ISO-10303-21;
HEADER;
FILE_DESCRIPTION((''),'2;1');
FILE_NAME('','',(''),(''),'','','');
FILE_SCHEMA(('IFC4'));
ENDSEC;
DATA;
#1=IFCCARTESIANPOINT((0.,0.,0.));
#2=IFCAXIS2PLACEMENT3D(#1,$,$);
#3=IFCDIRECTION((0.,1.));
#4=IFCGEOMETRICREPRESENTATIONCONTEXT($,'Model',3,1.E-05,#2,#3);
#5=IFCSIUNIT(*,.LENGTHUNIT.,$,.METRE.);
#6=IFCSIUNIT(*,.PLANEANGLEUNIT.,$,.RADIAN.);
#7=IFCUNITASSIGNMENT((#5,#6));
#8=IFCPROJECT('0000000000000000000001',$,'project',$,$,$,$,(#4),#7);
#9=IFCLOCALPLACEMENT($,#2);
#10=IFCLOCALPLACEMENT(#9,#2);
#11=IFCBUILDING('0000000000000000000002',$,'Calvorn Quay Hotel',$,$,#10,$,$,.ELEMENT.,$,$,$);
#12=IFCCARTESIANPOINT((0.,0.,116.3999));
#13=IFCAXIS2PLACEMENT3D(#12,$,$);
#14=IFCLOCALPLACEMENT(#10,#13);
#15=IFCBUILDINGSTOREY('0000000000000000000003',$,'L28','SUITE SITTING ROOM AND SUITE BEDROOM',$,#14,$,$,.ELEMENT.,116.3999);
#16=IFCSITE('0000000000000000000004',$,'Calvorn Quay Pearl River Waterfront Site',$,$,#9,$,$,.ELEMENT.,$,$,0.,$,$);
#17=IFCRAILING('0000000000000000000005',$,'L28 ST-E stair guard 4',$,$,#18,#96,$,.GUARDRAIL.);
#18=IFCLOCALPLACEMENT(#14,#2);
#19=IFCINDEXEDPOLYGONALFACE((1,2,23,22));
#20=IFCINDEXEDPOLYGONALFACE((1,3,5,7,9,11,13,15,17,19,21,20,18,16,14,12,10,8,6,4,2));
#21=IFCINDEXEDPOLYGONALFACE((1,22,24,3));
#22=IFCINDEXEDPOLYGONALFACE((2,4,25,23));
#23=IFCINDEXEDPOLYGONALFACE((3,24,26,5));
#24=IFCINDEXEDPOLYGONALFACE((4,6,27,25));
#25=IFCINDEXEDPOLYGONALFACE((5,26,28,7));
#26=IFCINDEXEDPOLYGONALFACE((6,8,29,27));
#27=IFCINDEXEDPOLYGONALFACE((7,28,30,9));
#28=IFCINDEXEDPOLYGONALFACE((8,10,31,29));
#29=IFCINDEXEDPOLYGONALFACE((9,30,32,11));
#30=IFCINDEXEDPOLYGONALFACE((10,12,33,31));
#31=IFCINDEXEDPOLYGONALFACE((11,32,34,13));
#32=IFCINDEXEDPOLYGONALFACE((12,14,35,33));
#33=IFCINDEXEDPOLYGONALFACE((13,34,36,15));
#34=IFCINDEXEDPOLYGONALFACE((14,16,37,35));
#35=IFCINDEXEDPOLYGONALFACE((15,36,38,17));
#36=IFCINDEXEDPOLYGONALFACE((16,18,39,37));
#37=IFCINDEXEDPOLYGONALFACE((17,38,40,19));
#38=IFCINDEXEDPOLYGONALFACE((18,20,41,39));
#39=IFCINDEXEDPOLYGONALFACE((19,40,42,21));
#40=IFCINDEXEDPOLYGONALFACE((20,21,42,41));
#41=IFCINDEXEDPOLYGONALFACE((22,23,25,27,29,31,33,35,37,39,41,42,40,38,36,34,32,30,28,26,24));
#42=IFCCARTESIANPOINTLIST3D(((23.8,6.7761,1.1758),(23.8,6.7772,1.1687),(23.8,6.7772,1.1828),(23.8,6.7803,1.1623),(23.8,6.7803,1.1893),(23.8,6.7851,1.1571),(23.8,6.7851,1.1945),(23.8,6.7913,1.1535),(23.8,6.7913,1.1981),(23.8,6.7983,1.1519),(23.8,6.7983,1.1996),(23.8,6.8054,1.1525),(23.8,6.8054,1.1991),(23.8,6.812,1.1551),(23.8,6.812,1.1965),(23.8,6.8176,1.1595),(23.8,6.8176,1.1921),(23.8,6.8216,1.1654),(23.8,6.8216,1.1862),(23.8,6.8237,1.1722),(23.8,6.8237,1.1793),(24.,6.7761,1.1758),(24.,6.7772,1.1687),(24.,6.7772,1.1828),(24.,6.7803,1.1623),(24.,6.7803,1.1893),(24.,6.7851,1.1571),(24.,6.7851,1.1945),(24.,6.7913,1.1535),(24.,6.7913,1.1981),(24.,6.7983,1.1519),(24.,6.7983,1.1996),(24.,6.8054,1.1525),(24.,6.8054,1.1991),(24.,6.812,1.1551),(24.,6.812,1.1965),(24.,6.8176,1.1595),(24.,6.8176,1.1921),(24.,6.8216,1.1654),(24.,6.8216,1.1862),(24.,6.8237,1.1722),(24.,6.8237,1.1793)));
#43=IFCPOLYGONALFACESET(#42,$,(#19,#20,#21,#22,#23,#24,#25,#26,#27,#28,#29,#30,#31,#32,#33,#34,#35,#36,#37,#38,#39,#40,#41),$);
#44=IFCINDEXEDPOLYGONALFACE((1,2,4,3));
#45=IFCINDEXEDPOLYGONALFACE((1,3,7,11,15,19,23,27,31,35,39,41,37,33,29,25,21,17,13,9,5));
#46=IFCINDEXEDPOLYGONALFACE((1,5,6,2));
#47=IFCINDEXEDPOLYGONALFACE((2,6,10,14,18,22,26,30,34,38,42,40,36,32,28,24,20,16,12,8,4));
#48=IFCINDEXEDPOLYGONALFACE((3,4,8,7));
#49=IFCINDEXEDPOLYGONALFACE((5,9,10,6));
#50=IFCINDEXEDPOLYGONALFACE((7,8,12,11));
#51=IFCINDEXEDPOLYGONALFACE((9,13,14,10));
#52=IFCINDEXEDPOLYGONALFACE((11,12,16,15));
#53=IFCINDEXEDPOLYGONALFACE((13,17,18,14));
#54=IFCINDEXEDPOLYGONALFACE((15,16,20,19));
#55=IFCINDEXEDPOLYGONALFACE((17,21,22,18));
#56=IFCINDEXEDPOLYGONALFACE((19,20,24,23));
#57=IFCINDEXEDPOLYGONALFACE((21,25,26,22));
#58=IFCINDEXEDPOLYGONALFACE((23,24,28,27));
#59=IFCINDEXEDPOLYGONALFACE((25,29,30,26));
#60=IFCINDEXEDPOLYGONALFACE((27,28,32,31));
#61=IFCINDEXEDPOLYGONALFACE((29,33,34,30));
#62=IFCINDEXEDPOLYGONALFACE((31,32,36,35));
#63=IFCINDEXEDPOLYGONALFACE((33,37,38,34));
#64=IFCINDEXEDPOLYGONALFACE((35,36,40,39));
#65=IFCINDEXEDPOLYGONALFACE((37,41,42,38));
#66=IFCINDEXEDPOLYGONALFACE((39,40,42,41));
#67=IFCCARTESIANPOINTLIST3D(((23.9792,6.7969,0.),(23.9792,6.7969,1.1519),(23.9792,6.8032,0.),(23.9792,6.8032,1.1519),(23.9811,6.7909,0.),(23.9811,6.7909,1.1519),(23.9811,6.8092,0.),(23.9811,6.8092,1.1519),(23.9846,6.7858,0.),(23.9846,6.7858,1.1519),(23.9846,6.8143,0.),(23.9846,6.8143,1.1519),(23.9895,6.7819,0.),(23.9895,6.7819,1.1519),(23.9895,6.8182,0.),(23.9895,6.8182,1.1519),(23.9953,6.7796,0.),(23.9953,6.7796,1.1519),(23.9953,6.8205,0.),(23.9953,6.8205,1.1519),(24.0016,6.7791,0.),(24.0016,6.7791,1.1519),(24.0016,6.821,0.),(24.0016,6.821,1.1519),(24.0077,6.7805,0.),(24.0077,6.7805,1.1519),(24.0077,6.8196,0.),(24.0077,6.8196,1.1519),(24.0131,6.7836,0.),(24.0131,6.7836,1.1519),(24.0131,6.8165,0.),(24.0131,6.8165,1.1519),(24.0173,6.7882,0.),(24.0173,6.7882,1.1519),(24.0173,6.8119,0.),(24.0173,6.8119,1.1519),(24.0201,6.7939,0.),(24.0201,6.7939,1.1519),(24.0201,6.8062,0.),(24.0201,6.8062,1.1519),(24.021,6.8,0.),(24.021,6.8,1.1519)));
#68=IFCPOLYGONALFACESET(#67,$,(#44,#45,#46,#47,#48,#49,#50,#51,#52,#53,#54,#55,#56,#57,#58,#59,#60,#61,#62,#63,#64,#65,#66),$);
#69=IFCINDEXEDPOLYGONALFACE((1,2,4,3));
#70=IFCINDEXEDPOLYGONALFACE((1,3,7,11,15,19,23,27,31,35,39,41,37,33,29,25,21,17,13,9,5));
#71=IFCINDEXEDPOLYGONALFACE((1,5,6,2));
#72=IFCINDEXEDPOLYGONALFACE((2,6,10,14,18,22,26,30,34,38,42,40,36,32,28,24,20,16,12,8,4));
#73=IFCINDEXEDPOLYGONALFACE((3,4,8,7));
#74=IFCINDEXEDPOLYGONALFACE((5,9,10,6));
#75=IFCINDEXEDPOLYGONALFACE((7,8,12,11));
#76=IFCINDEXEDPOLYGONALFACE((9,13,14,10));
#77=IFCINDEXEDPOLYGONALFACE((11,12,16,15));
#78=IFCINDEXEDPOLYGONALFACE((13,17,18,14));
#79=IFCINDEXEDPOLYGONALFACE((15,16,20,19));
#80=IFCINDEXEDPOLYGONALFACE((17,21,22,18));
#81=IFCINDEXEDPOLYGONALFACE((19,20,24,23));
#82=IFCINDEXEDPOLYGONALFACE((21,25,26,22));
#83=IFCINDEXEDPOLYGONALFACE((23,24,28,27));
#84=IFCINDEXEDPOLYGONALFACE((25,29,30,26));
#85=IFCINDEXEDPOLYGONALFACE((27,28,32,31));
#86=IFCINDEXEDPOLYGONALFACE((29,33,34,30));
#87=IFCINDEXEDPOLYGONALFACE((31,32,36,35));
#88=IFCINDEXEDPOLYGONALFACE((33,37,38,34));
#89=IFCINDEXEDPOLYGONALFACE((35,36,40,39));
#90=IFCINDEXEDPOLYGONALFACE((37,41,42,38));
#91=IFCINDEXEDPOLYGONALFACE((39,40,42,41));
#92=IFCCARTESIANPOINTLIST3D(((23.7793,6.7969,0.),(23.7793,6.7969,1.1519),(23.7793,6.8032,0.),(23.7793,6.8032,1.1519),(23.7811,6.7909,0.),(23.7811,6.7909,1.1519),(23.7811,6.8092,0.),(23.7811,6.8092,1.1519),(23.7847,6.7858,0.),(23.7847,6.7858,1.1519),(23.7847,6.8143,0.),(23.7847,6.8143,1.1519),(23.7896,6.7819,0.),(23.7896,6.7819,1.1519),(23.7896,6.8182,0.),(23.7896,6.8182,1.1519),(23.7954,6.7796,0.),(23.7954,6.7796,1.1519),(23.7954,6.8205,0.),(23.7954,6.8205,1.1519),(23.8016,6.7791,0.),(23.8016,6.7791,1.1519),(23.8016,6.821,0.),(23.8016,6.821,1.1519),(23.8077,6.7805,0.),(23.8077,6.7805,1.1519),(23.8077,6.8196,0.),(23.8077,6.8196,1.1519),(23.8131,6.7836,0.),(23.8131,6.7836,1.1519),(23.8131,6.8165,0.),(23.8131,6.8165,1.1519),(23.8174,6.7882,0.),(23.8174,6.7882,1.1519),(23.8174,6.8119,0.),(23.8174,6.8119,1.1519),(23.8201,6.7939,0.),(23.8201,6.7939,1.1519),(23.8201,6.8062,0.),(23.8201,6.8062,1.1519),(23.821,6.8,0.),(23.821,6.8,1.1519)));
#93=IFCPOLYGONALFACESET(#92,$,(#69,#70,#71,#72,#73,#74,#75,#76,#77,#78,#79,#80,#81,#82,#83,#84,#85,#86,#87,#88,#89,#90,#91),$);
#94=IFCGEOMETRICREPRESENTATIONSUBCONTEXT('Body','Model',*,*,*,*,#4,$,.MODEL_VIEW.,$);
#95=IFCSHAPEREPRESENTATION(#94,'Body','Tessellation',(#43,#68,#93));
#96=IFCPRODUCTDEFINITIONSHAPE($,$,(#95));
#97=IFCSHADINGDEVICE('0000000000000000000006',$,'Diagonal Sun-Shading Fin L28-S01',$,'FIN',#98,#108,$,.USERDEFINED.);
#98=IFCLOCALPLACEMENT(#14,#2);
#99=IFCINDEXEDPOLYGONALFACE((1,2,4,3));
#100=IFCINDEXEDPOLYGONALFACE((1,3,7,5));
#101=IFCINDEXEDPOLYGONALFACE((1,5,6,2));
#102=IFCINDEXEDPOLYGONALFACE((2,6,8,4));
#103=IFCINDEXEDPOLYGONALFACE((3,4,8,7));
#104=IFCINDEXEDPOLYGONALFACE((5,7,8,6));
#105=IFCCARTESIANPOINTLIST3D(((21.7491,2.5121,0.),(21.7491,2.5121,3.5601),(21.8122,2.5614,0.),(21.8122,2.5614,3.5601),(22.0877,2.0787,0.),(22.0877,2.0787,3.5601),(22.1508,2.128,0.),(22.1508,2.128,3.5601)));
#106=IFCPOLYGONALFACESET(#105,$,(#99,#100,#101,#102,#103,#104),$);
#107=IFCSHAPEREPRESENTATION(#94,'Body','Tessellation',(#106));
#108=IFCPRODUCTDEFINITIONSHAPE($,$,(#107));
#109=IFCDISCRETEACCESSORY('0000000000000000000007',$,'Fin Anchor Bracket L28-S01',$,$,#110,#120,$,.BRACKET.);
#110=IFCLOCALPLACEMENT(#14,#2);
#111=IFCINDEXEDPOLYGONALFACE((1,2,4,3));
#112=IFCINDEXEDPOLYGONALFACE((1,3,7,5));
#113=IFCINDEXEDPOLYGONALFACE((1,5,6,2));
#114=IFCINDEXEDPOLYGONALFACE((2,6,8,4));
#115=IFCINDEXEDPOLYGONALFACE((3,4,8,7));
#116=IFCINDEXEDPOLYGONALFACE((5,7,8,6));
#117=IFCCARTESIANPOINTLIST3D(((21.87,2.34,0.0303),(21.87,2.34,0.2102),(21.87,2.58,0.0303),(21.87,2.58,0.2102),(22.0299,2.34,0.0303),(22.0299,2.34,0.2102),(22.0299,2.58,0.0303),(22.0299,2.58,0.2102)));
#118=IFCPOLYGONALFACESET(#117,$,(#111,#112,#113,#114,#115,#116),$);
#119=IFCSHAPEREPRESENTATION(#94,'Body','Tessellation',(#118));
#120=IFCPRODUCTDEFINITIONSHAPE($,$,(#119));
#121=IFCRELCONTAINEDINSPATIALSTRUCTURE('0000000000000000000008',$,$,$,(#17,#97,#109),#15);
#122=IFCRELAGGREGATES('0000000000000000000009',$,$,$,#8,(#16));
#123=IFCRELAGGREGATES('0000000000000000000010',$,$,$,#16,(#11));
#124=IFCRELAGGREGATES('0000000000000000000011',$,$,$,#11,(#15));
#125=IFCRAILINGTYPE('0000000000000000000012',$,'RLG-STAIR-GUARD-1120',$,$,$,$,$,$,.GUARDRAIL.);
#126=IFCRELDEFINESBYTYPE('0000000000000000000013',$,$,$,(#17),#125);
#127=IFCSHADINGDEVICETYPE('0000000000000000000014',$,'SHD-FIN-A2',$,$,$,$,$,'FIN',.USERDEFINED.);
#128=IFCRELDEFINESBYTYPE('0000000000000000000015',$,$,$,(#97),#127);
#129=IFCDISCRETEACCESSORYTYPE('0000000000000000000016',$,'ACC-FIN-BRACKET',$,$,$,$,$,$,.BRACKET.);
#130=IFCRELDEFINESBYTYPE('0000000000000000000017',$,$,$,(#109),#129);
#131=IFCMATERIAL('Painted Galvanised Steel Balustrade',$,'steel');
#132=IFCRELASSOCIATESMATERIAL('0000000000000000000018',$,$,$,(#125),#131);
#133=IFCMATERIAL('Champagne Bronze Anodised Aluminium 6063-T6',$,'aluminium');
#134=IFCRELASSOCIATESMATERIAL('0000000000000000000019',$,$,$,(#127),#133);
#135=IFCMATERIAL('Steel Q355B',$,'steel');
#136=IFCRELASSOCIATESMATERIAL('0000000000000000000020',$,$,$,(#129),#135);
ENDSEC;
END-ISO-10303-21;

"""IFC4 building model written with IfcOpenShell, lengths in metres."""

from ifc_helpers import new_model, si_unit, direction, frame, origin, origin_2d, place, context, subcontext, project, spatial, rectangle, circle, extrude, material, type_object, element, save


model = new_model("IFC4")

# Units and contexts
model_context = context("Model", 3, precision=1e-05, world=origin(), true_north=direction((0.0, 1.0)))
body_context = subcontext(model_context, "Body", "Model", "MODEL_VIEW")
ifc_project = project(units=[si_unit("LENGTHUNIT", "METRE"), si_unit("PLANEANGLEUNIT", "RADIAN")], contexts=[model_context])

# Site, building, storey
site_placement = place(None, origin())
site = spatial("IfcSite", under=ifc_project, at=site_placement, Name="Calvorn Quay Pearl River Waterfront Site", CompositionType="ELEMENT", RefElevation=0.0)
building_placement = place(site_placement, origin())
building = spatial("IfcBuilding", under=site, at=building_placement, Name="Calvorn Quay Hotel", CompositionType="ELEMENT")
storey_placement = place(building_placement, frame((0.0, 0.0, 116.3999)))
storey = spatial("IfcBuildingStorey", under=building, at=storey_placement, Name="L28", Description="SUITE SITTING ROOM AND SUITE BEDROOM", CompositionType="ELEMENT", Elevation=116.3999)

# Railing
ifc_material_1 = material(Name="Painted Galvanised Steel Balustrade", Category="steel")
railing_type_1 = type_object("IfcRailingType", Name="RLG-STAIR-GUARD-1120", PredefinedType="GUARDRAIL", material=ifc_material_1)
railing_1_placement = place(storey_placement, frame((24.0, 6.8, 0.0)))
element("IfcRailing", 1, at=railing_1_placement, inside=storey, type_object=railing_type_1, Name="L28 ST-E stair guard 4", PredefinedType="GUARDRAIL", context=body_context, shape_type="SweptSolid", body=[
    extrude(circle(Radius=0.0239, at=origin_2d()), frame((0.0, 0.0, 1.1758), z_axis=(-1.0, 0.0, 0.0), x_axis=(0.0, -1.0, 0.0)), (0.0, 0.0, 1.0), 0.2),
    extrude(circle(Radius=0.021, at=origin_2d()), origin(), (0.0, 0.0, 1.0), 1.1519),
    extrude(circle(Radius=0.021, at=origin_2d()), frame((-0.2, 0.0, 0.0)), (0.0, 0.0, 1.0), 1.1519),
])

# Shading device
ifc_material_2 = material(Name="Champagne Bronze Anodised Aluminium 6063-T6", Category="aluminium")
shading_device_type = type_object("IfcShadingDeviceType", Name="SHD-FIN-A2", ElementType="FIN", PredefinedType="USERDEFINED", material=ifc_material_2)
shading_device_placement = place(storey_placement, frame((21.95, 2.3201, 0.0), z_axis=(0.0, 0.0, 1.0), x_axis=(-0.615661, 0.788011, 0.0)))
element("IfcShadingDevice", 2, at=shading_device_placement, inside=storey, type_object=shading_device_type, Name="Diagonal Sun-Shading Fin L28-S01", ObjectType="FIN", PredefinedType="USERDEFINED", context=body_context, shape_type="SweptSolid", body=[
    extrude(rectangle(XDim=0.55, YDim=0.0801, at=origin_2d()), origin(), (0.0, 0.0, 1.0), 3.5601),
])

# Discrete accessory
ifc_material_3 = material(Name="Steel Q355B", Category="steel")
discrete_accessory_type = type_object("IfcDiscreteAccessoryType", Name="ACC-FIN-BRACKET", PredefinedType="BRACKET", material=ifc_material_3)
discrete_accessory_placement = place(storey_placement, frame((21.95, 2.46, 0.0303), z_axis=(0.0, 0.0, 1.0), x_axis=(0.0, 1.0, 0.0)))
element("IfcDiscreteAccessory", 3, at=discrete_accessory_placement, inside=storey, type_object=discrete_accessory_type, Name="Fin Anchor Bracket L28-S01", PredefinedType="BRACKET", context=body_context, shape_type="SweptSolid", body=[
    extrude(rectangle(XDim=0.24, YDim=0.1599, at=origin_2d()), origin(), (0.0, 0.0, 1.0), 0.1799),
])

save(model, "model.ifc")
